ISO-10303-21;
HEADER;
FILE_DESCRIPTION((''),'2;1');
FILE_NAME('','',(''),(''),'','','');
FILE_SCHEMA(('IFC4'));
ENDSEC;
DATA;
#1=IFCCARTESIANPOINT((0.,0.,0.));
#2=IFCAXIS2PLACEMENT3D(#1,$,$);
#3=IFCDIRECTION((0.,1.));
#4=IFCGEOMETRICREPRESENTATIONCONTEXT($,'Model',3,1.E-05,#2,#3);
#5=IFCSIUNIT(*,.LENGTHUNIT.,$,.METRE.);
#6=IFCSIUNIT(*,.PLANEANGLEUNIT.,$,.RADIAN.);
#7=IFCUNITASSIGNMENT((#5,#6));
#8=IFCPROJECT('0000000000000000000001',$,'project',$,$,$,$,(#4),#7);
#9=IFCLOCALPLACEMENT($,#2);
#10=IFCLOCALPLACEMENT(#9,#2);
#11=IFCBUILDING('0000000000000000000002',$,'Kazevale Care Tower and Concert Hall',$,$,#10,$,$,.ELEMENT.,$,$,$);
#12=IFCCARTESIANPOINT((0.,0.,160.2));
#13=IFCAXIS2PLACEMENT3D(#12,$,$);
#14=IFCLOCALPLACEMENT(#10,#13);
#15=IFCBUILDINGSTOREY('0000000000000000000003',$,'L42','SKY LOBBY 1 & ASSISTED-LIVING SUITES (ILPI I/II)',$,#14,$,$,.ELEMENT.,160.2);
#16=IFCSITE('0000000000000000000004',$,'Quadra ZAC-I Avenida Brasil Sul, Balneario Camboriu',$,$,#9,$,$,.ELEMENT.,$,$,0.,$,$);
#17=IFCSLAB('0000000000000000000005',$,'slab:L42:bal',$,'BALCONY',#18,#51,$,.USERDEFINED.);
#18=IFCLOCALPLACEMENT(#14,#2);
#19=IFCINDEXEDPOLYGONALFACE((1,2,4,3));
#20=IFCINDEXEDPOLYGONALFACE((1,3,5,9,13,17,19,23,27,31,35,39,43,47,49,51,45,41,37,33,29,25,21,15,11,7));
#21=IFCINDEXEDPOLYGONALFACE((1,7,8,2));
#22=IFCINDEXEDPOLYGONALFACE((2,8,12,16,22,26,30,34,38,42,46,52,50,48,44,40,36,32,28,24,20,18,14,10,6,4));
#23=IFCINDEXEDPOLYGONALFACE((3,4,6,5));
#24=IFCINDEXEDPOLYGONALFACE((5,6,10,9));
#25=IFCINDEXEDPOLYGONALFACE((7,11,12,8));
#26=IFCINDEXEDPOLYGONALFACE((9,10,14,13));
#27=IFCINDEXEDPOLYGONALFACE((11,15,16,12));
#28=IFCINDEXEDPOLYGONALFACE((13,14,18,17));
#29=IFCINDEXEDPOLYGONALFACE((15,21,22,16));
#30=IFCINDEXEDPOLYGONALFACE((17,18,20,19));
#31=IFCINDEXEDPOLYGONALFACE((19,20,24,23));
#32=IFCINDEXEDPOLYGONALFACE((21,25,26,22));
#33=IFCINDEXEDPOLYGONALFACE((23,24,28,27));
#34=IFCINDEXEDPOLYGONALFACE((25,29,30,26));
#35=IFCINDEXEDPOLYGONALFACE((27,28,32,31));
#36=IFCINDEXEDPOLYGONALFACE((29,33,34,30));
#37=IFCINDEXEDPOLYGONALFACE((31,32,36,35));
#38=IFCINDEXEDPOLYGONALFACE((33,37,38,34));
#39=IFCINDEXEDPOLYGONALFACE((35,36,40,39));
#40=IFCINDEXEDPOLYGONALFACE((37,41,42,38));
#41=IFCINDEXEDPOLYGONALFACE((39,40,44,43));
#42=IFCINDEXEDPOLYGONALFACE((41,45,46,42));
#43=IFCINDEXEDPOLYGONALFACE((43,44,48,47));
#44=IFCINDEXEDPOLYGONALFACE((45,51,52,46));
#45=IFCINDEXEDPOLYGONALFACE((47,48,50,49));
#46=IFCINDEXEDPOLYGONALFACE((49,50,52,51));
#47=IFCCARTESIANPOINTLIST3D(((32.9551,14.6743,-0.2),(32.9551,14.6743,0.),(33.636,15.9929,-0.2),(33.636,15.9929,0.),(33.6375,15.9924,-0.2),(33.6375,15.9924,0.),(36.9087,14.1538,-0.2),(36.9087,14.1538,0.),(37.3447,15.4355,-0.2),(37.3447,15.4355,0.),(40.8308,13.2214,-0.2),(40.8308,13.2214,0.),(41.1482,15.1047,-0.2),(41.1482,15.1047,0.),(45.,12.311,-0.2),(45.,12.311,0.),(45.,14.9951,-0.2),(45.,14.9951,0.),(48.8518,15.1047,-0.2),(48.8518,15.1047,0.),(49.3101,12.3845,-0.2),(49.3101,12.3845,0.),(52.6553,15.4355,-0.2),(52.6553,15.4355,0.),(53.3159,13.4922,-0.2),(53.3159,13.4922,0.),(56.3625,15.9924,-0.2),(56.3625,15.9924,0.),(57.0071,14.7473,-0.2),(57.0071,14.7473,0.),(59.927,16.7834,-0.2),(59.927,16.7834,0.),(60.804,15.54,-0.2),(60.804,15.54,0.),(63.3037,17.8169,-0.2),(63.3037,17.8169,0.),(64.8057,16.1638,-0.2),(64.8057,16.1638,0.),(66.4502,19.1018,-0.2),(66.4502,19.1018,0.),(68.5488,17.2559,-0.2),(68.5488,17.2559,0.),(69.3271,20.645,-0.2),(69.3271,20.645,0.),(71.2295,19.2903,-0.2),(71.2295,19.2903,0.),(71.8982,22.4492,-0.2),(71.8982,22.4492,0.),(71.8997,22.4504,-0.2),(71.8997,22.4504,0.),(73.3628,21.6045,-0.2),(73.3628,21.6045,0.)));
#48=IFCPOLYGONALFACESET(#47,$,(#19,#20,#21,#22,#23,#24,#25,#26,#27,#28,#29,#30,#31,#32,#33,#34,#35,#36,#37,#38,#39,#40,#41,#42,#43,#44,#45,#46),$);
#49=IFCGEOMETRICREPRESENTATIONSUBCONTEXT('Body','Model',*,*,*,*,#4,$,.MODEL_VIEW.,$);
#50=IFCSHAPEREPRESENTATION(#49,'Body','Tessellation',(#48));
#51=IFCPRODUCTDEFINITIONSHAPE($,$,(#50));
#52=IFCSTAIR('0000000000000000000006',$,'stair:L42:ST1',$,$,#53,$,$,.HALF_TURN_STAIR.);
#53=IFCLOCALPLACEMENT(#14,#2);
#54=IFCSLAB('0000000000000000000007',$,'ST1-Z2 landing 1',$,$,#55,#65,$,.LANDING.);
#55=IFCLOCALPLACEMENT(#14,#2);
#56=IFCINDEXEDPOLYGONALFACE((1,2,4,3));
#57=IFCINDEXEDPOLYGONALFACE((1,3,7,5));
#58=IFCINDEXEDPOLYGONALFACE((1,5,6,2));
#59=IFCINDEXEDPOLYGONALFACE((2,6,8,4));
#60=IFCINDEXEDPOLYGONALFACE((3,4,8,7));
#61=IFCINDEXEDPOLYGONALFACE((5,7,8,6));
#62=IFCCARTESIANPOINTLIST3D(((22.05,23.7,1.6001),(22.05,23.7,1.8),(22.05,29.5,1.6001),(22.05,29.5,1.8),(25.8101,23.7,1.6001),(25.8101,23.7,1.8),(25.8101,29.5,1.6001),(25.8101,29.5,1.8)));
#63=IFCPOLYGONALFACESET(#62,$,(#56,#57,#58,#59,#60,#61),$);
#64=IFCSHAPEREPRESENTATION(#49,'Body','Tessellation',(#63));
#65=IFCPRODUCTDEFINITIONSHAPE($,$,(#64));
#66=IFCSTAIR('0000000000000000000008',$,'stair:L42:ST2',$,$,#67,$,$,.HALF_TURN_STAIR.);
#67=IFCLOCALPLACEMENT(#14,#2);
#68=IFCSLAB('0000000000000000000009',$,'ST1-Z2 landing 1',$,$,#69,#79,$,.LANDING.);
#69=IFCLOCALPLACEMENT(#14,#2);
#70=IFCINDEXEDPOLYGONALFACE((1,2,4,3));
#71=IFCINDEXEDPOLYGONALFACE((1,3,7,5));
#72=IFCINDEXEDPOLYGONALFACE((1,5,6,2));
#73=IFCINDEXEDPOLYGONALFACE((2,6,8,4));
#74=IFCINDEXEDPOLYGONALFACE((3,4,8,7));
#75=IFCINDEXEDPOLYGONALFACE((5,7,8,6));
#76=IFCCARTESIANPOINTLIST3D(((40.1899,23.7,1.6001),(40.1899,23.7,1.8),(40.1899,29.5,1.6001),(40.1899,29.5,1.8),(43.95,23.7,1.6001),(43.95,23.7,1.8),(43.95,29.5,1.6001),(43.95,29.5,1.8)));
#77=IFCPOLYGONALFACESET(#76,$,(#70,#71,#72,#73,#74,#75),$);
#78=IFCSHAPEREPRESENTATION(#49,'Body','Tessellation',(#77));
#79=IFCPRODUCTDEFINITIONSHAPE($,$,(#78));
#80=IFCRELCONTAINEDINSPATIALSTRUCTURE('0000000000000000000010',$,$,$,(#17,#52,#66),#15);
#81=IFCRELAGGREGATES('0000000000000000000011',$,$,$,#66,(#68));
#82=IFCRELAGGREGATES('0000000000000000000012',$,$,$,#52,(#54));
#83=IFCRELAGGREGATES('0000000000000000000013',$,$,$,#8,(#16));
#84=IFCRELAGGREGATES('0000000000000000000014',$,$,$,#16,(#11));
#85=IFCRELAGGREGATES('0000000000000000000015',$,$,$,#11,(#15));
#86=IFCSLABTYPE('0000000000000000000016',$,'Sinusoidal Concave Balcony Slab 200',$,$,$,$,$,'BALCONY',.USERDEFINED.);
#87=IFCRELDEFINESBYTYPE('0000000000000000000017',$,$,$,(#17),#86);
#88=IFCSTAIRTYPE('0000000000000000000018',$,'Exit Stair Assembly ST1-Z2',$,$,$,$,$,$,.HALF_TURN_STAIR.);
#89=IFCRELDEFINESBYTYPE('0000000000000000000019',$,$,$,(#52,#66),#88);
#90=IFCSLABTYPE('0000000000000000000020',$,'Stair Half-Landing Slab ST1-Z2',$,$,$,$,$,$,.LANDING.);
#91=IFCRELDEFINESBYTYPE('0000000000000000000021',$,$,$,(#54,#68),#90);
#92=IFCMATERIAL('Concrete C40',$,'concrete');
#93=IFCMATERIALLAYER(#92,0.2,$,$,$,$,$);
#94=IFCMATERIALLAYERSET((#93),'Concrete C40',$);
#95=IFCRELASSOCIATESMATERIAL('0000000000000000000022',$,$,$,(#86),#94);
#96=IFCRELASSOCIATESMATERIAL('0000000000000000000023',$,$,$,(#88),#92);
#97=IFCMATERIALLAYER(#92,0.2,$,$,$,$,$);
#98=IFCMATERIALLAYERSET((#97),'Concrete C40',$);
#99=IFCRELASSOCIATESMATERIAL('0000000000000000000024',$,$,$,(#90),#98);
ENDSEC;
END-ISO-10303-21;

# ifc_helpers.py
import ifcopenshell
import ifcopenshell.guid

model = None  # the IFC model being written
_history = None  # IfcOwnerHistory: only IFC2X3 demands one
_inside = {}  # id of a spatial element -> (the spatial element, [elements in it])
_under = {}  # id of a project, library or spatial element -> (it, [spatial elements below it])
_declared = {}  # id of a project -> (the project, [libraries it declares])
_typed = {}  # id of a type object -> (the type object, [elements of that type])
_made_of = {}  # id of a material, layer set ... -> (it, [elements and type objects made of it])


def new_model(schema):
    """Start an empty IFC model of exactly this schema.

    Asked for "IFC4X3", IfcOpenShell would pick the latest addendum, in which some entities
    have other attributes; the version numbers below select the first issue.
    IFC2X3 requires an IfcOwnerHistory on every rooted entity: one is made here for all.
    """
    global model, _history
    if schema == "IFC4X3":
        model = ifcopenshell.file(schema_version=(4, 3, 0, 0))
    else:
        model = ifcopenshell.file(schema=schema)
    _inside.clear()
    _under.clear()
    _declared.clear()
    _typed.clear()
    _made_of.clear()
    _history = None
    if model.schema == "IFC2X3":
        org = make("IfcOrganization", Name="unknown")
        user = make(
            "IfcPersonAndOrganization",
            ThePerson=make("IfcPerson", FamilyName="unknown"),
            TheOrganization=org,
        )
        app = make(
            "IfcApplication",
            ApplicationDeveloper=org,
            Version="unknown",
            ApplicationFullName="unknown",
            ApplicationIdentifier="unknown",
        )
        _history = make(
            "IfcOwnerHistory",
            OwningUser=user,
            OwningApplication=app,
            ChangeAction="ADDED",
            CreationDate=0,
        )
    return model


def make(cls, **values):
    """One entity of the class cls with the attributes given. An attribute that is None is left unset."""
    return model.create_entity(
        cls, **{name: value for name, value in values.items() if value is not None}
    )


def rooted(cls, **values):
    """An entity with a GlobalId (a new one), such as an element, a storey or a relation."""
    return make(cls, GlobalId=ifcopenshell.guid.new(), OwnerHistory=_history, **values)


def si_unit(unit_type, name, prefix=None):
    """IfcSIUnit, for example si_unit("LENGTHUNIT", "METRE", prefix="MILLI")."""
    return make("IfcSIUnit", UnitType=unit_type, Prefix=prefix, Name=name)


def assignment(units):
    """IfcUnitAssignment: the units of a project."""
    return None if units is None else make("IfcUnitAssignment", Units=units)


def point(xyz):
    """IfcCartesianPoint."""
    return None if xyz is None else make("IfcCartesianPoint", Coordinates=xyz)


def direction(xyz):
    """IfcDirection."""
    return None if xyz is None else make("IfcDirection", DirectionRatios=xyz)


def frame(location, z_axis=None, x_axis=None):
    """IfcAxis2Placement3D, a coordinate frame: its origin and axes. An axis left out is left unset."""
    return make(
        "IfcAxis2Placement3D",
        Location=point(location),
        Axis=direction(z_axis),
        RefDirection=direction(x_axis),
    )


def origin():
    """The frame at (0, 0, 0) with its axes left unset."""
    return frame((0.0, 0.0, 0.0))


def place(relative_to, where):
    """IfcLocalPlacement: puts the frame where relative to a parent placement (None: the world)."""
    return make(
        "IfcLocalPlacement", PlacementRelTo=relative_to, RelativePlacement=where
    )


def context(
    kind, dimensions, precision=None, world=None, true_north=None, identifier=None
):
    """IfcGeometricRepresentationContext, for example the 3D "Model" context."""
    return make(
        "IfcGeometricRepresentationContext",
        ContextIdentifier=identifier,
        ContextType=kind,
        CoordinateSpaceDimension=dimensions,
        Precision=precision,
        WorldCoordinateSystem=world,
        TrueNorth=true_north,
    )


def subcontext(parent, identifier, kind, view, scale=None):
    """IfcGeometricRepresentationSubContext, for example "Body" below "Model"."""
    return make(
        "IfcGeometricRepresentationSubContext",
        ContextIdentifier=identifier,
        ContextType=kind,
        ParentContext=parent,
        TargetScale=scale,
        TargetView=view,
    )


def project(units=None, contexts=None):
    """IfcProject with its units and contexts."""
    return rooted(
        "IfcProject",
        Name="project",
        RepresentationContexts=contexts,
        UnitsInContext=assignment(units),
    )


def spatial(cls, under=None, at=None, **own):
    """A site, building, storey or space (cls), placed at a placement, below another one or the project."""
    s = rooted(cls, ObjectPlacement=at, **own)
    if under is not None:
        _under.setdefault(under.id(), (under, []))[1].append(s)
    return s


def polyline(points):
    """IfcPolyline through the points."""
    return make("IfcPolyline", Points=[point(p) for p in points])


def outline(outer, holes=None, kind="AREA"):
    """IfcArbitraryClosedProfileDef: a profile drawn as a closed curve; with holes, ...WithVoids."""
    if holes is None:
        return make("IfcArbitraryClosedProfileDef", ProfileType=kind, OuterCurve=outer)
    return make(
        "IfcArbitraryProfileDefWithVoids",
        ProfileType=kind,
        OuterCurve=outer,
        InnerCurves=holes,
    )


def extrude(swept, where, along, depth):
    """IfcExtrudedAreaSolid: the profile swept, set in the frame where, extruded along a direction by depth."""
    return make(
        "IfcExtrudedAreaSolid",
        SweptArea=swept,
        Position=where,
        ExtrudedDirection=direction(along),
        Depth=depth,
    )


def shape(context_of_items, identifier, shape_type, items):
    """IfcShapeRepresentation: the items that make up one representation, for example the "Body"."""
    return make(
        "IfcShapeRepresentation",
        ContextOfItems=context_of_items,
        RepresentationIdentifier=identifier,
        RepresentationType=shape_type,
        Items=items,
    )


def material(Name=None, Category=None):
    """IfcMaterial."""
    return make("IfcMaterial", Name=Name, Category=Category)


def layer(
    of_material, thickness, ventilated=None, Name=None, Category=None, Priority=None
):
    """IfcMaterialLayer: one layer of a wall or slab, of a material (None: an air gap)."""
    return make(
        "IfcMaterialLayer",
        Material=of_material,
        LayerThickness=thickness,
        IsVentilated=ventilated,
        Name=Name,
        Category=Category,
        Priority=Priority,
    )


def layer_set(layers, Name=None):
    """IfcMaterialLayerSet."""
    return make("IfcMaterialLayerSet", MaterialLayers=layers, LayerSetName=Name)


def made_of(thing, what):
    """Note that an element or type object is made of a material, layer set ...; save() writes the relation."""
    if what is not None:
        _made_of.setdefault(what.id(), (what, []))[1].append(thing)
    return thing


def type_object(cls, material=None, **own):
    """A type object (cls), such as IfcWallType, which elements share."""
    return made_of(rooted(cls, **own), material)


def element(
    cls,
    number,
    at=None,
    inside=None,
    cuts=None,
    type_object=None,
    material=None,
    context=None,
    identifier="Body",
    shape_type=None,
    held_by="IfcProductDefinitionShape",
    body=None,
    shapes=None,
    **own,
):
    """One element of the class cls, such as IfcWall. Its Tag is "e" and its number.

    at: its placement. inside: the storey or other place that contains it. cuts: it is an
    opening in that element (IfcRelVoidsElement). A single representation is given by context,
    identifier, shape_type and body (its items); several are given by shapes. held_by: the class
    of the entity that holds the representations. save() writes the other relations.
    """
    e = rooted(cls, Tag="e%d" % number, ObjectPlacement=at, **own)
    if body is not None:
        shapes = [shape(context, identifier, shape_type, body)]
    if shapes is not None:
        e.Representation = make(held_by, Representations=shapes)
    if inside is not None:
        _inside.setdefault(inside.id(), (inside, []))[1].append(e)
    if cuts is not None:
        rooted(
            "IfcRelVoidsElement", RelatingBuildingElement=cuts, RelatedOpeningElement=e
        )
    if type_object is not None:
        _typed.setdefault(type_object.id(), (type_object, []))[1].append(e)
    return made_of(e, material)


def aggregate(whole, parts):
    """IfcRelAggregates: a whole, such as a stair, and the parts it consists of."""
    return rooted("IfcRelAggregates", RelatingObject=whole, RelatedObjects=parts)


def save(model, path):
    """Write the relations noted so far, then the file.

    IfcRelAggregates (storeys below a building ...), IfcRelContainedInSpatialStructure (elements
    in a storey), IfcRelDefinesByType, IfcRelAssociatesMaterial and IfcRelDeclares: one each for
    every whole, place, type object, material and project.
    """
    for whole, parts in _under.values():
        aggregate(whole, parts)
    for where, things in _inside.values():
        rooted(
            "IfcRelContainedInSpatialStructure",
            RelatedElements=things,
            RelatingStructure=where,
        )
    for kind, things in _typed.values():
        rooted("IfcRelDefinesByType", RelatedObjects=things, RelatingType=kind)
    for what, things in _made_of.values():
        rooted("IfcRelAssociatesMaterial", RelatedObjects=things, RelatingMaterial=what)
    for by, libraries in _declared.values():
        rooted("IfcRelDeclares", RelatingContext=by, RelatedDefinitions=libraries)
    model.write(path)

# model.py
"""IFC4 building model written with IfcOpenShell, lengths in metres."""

from ifc_helpers import new_model, si_unit, direction, frame, origin, place, context, subcontext, project, spatial, polyline, outline, extrude, material, layer, layer_set, type_object, element, aggregate, save


model = new_model("IFC4")

# Units and contexts
model_context = context("Model", 3, precision=1e-05, world=origin(), true_north=direction((0.0, 1.0)))
body_context = subcontext(model_context, "Body", "Model", "MODEL_VIEW")
ifc_project = project(units=[si_unit("LENGTHUNIT", "METRE"), si_unit("PLANEANGLEUNIT", "RADIAN")], contexts=[model_context])

# Site, building, storey
site_placement = place(None, origin())
site = spatial("IfcSite", under=ifc_project, at=site_placement, Name="Quadra ZAC-I Avenida Brasil Sul, Balneario Camboriu", CompositionType="ELEMENT", RefElevation=0.0)
building_placement = place(site_placement, origin())
building = spatial("IfcBuilding", under=site, at=building_placement, Name="Kazevale Care Tower and Concert Hall", CompositionType="ELEMENT")
storey_placement = place(building_placement, frame((0.0, 0.0, 160.2)))
storey = spatial("IfcBuildingStorey", under=building, at=storey_placement, Name="L42", Description="SKY LOBBY 1 & ASSISTED-LIVING SUITES (ILPI I/II)", CompositionType="ELEMENT", Elevation=160.2)

# Slab
ifc_material_1 = material(Name="Concrete C40", Category="concrete")
ifc_layer_1 = layer(ifc_material_1, 0.2)
ifc_layer_set_1 = layer_set([ifc_layer_1], Name="Concrete C40")
slab_type_1 = type_object("IfcSlabType", Name="Sinusoidal Concave Balcony Slab 200", ElementType="BALCONY", PredefinedType="USERDEFINED", material=ifc_layer_set_1)
slab_1_placement = place(storey_placement, frame((0.0, 0.0, -0.2)))
element("IfcSlab", 1, at=slab_1_placement, inside=storey, type_object=slab_type_1, Name="slab:L42:bal", ObjectType="BALCONY", PredefinedType="USERDEFINED", context=body_context, shape_type="SweptSolid", body=[
    extrude(outline(polyline([(73.3628, 21.6045), (71.2295, 19.2903), (68.5488, 17.2559), (64.8057, 16.1638), (60.804, 15.54), (57.0071, 14.7473), (53.3159, 13.4922), (49.3101, 12.3845), (45.0, 12.311), (40.8308, 13.2214), (36.9087, 14.1538), (32.9551, 14.6743), (33.636, 15.9929), (33.6375, 15.9924), (37.3447, 15.4355), (41.1482, 15.1047), (45.0, 14.9951), (48.8518, 15.1047), (52.6553, 15.4355), (56.3625, 15.9924), (59.927, 16.7834), (63.3037, 17.8169), (66.4502, 19.1018), (69.3271, 20.645), (71.8982, 22.4492), (71.8997, 22.4504), (73.3628, 21.6045)])), origin(), (0.0, 0.0, 1.0), 0.2),
])

# Stairs, slabs
stair_type = type_object("IfcStairType", Name="Exit Stair Assembly ST1-Z2", PredefinedType="HALF_TURN_STAIR", material=ifc_material_1)
stair_1_placement = place(storey_placement, origin())
stair_1 = element("IfcStair", 2, at=stair_1_placement, inside=storey, type_object=stair_type, Name="stair:L42:ST1", PredefinedType="HALF_TURN_STAIR")
ifc_layer_2 = layer(ifc_material_1, 0.2)
ifc_layer_set_2 = layer_set([ifc_layer_2], Name="Concrete C40")
slab_type_2 = type_object("IfcSlabType", Name="Stair Half-Landing Slab ST1-Z2", PredefinedType="LANDING", material=ifc_layer_set_2)
slab_2_placement = place(storey_placement, frame((0.0, 0.0, 1.6001)))
slab_2 = element("IfcSlab", 3, at=slab_2_placement, type_object=slab_type_2, Name="ST1-Z2 landing 1", PredefinedType="LANDING", context=body_context, shape_type="SweptSolid", body=[
    extrude(outline(polyline([(22.05, 23.7), (25.8101, 23.7), (25.8101, 29.5), (22.05, 29.5), (22.05, 23.7)])), origin(), (0.0, 0.0, 1.0), 0.2),
])
stair_2_placement = place(storey_placement, origin())
stair_2 = element("IfcStair", 4, at=stair_2_placement, inside=storey, type_object=stair_type, Name="stair:L42:ST2", PredefinedType="HALF_TURN_STAIR")
slab_3_placement = place(storey_placement, frame((0.0, 0.0, 1.6001)))
slab_3 = element("IfcSlab", 5, at=slab_3_placement, type_object=slab_type_2, Name="ST1-Z2 landing 1", PredefinedType="LANDING", context=body_context, shape_type="SweptSolid", body=[
    extrude(outline(polyline([(40.1899, 23.7), (43.95, 23.7), (43.95, 29.5), (40.1899, 29.5), (40.1899, 23.7)])), origin(), (0.0, 0.0, 1.0), 0.2),
])
aggregate(stair_2, [slab_3])

aggregate(stair_1, [slab_2])

save(model, "model.ifc")
